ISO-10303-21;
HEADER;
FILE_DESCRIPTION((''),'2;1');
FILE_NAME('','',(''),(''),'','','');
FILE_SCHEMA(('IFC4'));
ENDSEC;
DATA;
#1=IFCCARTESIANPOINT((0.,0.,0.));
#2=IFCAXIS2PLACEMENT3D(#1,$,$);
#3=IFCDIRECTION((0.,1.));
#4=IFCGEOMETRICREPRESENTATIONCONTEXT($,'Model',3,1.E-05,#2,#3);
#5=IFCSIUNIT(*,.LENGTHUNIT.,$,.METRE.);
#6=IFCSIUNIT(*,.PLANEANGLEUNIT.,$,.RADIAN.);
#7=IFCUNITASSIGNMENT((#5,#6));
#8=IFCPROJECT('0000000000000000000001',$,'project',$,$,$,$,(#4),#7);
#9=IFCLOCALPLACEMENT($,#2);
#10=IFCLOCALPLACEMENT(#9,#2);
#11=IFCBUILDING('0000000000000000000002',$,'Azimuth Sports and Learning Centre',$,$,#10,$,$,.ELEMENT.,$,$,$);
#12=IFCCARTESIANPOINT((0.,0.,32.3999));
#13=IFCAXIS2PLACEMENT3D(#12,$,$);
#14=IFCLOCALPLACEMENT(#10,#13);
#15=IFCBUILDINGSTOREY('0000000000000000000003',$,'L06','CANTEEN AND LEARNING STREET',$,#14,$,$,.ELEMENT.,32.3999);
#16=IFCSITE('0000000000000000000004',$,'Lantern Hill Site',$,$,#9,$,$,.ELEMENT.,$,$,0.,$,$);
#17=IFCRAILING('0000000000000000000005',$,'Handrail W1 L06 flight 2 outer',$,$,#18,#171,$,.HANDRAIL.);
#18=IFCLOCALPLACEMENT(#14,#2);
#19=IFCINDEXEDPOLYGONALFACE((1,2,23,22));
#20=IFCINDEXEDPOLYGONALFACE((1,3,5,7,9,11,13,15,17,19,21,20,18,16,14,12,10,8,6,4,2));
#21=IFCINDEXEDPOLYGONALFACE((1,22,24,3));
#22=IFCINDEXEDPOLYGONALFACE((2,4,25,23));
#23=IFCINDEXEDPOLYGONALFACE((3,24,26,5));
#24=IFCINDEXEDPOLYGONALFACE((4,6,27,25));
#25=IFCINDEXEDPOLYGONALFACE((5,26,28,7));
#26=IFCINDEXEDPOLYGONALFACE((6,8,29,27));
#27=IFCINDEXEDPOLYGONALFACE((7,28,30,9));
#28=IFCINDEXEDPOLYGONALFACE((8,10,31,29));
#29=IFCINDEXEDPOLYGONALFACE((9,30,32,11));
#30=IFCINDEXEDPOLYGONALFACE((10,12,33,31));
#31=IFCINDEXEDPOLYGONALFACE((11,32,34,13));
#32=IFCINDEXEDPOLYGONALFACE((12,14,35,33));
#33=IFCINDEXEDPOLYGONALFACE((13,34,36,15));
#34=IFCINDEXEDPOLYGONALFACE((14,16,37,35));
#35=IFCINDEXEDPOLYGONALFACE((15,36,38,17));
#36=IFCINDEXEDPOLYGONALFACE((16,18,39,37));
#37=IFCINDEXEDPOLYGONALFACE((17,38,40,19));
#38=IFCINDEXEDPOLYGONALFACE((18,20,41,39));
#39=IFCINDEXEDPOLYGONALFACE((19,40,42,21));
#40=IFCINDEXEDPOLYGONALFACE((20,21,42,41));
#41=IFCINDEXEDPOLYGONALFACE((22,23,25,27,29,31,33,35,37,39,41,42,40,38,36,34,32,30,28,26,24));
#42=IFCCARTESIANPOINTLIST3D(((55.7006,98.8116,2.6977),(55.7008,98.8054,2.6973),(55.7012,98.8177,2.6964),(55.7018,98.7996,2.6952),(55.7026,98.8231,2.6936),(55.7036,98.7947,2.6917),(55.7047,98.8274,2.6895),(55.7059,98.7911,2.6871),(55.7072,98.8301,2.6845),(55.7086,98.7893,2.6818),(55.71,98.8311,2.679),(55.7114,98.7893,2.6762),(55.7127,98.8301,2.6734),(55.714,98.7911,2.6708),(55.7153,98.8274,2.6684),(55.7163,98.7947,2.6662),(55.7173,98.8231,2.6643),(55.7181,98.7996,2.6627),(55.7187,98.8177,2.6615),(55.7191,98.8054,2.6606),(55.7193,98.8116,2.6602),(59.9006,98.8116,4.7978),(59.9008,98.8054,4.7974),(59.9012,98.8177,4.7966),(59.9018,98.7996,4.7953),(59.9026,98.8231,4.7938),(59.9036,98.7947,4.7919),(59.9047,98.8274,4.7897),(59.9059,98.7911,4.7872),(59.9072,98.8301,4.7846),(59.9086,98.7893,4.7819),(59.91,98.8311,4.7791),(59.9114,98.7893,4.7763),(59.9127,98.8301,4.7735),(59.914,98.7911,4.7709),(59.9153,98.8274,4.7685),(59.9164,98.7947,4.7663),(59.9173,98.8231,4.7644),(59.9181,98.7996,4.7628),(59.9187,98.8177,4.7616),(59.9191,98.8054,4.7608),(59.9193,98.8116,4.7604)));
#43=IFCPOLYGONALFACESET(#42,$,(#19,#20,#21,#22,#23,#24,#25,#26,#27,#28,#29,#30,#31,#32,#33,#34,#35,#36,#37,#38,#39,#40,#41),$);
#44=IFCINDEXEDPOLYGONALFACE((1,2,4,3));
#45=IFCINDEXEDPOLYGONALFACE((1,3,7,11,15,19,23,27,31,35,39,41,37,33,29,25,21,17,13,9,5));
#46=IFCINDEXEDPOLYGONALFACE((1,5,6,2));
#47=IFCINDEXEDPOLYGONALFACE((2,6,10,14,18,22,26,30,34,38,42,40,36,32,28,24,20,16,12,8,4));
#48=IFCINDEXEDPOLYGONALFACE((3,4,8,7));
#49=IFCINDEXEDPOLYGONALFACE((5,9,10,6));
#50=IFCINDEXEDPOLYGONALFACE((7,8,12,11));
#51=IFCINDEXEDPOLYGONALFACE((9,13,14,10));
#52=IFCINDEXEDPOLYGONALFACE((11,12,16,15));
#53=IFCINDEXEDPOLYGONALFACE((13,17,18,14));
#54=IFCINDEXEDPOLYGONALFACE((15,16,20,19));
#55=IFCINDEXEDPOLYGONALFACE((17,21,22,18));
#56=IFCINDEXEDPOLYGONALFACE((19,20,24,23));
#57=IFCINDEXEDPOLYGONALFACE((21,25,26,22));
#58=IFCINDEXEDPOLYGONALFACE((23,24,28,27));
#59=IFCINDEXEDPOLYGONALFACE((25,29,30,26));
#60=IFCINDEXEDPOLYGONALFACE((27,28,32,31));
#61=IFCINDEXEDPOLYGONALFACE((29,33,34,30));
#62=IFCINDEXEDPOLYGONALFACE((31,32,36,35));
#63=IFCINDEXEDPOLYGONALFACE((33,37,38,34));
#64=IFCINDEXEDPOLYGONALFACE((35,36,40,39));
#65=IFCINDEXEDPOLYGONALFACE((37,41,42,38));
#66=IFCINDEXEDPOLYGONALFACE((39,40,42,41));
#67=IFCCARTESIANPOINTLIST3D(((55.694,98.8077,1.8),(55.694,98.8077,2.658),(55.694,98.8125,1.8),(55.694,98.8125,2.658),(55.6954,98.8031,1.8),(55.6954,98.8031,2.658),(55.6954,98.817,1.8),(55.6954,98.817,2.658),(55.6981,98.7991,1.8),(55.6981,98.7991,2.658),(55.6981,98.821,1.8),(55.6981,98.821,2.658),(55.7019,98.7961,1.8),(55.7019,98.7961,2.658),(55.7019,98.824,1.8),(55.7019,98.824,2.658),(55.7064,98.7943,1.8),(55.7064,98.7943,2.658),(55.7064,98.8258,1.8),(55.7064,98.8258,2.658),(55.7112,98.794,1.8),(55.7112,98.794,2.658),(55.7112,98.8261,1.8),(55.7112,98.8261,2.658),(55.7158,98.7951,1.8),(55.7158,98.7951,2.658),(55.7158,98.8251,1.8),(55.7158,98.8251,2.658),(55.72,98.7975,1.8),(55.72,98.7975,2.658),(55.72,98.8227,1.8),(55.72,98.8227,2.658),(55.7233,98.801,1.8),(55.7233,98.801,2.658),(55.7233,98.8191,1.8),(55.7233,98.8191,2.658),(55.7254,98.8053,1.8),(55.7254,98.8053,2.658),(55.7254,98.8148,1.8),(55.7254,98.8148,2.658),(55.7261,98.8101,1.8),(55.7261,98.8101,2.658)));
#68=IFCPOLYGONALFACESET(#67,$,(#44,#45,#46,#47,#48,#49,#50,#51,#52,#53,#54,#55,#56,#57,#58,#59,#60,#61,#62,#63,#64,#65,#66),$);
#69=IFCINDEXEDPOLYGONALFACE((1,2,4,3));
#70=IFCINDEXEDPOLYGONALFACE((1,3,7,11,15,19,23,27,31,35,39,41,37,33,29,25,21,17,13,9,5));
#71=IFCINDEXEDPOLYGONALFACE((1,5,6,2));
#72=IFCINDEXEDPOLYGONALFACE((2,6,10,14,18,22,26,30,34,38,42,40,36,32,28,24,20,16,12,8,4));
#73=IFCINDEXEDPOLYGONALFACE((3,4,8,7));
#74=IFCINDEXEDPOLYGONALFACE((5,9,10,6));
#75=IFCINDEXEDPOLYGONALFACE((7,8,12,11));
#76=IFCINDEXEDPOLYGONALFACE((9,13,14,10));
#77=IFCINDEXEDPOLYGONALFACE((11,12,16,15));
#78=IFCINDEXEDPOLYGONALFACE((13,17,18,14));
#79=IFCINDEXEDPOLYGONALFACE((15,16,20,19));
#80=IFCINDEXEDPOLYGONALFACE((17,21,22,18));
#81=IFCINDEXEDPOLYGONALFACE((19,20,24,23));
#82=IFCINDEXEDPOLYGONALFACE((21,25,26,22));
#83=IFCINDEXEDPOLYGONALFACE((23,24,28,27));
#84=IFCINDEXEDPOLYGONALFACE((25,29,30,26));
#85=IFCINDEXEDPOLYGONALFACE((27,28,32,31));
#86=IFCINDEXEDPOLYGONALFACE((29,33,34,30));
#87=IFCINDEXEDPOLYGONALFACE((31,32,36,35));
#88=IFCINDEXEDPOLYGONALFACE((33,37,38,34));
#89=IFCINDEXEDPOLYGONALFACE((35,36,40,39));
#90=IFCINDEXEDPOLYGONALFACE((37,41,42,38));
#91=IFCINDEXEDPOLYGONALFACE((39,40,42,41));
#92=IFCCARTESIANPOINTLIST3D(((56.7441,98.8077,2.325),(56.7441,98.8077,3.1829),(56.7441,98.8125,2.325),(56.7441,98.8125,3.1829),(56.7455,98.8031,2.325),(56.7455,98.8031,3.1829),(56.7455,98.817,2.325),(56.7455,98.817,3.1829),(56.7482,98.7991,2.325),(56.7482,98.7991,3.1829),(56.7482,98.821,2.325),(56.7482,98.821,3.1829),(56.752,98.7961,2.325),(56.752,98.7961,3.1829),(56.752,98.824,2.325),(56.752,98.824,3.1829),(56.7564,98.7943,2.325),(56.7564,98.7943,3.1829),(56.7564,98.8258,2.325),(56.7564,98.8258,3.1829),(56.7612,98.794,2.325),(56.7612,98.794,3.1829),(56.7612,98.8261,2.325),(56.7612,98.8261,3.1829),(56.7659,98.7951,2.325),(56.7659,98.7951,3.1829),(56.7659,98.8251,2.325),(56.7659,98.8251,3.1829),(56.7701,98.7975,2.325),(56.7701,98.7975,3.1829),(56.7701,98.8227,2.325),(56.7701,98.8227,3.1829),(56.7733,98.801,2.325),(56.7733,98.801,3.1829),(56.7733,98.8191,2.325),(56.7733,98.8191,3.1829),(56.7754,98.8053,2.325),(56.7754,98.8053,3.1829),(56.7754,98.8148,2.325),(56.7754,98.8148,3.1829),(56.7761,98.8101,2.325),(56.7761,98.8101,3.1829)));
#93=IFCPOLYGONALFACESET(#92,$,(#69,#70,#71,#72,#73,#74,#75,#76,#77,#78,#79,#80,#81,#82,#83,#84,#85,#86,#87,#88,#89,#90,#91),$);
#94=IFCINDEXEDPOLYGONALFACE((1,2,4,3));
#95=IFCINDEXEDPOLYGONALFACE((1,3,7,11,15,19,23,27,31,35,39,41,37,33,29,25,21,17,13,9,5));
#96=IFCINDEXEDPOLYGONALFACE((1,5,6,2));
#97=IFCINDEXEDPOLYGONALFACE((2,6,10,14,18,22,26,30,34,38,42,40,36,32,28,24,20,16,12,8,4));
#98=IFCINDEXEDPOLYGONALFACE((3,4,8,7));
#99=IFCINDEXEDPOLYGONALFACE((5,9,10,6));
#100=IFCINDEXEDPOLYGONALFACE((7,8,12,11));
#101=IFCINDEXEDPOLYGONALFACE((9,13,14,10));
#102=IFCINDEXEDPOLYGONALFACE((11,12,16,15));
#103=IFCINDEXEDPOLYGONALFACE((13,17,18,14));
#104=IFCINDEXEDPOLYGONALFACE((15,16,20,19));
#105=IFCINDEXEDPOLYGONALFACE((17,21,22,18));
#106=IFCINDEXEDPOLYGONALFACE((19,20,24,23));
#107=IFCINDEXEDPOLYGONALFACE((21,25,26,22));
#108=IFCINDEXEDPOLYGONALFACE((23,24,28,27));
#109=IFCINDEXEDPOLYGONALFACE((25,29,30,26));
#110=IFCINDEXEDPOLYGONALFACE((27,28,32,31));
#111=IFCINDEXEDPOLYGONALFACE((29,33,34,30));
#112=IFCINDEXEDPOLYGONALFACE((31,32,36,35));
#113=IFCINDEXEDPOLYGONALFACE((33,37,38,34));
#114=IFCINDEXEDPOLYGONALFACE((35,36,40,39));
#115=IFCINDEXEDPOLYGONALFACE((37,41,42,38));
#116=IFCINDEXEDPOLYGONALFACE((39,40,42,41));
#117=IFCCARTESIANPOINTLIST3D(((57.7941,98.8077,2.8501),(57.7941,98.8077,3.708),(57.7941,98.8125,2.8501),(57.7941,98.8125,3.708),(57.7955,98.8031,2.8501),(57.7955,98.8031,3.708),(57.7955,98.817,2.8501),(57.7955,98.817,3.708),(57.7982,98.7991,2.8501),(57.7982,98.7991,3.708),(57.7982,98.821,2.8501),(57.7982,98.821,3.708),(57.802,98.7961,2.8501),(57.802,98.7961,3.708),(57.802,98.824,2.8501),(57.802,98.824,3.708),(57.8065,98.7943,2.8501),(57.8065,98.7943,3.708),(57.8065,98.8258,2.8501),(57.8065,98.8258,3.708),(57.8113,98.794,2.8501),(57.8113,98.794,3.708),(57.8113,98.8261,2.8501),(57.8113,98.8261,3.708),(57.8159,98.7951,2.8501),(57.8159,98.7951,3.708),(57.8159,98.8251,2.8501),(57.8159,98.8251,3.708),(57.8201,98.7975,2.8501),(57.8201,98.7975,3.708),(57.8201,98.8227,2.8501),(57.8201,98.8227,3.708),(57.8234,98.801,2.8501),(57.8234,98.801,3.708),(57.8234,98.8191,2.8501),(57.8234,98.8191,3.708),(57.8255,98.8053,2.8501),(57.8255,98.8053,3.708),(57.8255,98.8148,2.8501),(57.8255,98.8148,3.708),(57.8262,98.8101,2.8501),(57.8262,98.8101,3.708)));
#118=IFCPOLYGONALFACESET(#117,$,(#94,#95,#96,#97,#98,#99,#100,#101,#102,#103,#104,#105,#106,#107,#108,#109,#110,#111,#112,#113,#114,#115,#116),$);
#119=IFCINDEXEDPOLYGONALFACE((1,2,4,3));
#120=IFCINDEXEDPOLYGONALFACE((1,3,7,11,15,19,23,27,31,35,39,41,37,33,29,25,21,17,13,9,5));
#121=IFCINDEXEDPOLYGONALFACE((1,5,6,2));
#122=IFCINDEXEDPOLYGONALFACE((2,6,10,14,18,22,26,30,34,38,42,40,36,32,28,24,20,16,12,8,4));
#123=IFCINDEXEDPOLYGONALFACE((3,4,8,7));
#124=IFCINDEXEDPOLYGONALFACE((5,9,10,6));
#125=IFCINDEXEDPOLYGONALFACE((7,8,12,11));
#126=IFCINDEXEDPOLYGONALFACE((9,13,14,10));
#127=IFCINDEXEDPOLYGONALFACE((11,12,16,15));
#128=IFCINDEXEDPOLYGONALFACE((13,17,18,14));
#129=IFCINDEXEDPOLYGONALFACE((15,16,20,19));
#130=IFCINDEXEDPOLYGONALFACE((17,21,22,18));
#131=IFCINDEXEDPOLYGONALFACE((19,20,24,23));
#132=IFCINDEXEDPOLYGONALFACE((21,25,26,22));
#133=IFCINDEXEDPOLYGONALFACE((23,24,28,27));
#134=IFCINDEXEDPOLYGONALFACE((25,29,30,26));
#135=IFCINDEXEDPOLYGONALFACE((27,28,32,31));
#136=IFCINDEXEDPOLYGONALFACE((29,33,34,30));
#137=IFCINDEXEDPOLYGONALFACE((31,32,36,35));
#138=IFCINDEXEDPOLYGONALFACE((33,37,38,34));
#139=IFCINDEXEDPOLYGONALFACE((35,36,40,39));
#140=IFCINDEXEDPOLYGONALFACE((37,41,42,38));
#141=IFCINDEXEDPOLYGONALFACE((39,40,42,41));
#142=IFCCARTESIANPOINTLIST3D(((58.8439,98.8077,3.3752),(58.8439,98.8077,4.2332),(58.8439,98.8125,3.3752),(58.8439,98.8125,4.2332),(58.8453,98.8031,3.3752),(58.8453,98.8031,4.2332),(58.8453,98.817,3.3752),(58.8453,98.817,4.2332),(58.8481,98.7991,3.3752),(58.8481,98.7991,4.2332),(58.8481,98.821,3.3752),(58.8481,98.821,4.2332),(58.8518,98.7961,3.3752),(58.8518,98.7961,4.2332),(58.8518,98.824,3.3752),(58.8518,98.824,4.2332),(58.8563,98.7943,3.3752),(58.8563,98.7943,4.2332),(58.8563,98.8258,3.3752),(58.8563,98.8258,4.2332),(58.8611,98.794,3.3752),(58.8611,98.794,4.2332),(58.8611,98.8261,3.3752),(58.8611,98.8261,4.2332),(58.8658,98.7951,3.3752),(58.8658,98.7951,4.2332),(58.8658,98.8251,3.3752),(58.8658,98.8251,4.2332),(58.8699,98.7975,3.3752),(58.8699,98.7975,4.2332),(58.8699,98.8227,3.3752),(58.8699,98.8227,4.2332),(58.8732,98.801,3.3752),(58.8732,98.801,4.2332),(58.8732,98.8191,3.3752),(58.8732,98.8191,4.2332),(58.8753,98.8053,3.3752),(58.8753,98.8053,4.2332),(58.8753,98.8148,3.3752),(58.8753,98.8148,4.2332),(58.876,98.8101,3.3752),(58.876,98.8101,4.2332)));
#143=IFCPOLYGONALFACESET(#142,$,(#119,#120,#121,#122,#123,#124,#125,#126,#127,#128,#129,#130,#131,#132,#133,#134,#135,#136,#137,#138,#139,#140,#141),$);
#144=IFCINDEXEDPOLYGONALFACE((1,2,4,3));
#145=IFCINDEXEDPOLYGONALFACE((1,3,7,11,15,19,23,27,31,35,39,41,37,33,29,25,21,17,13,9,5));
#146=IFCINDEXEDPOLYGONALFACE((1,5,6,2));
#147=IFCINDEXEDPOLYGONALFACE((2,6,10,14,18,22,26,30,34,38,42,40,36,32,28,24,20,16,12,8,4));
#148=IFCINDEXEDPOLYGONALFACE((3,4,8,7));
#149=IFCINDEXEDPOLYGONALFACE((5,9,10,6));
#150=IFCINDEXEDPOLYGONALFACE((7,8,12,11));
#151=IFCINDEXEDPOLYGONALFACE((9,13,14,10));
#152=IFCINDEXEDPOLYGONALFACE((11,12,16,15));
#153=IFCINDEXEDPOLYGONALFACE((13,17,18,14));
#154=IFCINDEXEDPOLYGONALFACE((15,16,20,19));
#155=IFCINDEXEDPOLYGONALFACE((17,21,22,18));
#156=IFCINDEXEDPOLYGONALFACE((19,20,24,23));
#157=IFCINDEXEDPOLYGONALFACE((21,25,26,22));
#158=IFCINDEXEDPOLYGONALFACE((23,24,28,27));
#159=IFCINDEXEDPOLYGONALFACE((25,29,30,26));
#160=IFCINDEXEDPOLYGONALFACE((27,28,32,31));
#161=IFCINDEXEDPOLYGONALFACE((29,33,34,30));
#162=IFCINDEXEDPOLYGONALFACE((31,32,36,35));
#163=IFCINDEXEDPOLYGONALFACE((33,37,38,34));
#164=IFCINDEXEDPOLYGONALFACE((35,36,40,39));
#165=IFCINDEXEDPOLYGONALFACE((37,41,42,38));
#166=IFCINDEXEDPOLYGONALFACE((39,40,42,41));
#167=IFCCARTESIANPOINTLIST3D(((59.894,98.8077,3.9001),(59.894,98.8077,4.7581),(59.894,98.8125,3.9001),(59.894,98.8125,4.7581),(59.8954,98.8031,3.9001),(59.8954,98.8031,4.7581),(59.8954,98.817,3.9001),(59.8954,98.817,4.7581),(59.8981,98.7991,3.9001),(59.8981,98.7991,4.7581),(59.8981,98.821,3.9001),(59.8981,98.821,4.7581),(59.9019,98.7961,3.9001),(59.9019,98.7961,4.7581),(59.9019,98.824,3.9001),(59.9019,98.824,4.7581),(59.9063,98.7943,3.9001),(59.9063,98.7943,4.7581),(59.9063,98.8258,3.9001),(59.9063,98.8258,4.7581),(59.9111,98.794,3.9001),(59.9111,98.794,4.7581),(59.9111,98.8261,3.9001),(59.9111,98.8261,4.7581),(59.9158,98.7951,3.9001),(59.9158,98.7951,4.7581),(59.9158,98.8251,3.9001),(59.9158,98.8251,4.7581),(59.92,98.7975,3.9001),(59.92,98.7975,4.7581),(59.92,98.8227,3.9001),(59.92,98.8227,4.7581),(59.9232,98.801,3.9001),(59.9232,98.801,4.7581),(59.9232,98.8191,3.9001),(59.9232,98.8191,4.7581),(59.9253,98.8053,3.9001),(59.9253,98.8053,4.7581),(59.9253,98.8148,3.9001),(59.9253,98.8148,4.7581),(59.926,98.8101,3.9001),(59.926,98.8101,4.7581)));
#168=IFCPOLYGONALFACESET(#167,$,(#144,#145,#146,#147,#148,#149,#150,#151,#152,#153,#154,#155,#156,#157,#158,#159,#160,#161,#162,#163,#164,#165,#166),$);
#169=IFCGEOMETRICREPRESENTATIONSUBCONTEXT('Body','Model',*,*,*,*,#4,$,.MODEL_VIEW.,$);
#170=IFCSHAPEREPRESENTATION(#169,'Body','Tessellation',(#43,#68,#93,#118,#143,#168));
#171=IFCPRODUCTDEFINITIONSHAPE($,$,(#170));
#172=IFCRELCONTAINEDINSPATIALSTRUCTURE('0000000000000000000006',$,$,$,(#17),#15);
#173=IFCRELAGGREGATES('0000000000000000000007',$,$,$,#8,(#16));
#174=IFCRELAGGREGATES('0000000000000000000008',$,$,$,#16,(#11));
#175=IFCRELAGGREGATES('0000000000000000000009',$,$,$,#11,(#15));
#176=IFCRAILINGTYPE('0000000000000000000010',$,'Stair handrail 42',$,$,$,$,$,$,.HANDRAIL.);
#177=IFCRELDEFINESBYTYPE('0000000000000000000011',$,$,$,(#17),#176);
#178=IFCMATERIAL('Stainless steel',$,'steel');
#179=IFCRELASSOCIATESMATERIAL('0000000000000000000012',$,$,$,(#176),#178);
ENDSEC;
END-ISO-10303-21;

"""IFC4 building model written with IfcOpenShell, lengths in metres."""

from ifc_helpers import new_model, si_unit, direction, frame, origin, origin_2d, place, context, subcontext, project, spatial, circle, extrude, material, type_object, element, save


model = new_model("IFC4")

# Units and contexts
model_context = context("Model", 3, precision=1e-05, world=origin(), true_north=direction((0.0, 1.0)))
body_context = subcontext(model_context, "Body", "Model", "MODEL_VIEW")
ifc_project = project(units=[si_unit("LENGTHUNIT", "METRE"), si_unit("PLANEANGLEUNIT", "RADIAN")], contexts=[model_context])

# Site, building, storey
site_placement = place(None, origin())
site = spatial("IfcSite", under=ifc_project, at=site_placement, Name="Lantern Hill Site", CompositionType="ELEMENT", RefElevation=0.0)
building_placement = place(site_placement, origin())
building = spatial("IfcBuilding", under=site, at=building_placement, Name="Azimuth Sports and Learning Centre", CompositionType="ELEMENT")
storey_placement = place(building_placement, frame((0.0, 0.0, 32.3999)))
storey = spatial("IfcBuildingStorey", under=building, at=storey_placement, Name="L06", Description="CANTEEN AND LEARNING STREET", CompositionType="ELEMENT", Elevation=32.3999)

# Railing
ifc_material_1 = material(Name="Stainless steel", Category="steel")
railing_type_1 = type_object("IfcRailingType", Name="Stair handrail 42", PredefinedType="HANDRAIL", material=ifc_material_1)
for number, where, name in (
    (1, (55.71, 98.8101, 1.8), "Handrail W1 L06 flight 2 outer"),
):
    element("IfcRailing", number, at=place(storey_placement, frame(where)), inside=storey, type_object=railing_type_1, Name=name, PredefinedType="HANDRAIL", context=body_context, shape_type="SweptSolid", body=[
        extrude(circle(Radius=0.021, at=origin_2d()), frame((0.0, 0.0, 0.8789), z_axis=(0.894417, 0.0, 0.447234), x_axis=(0.0, 1.0, 0.0)), (0.0, 0.0, 1.0), 4.6958),
        extrude(circle(Radius=0.0161, at=origin_2d()), origin(), (0.0, 0.0, 1.0), 0.8579),
        extrude(circle(Radius=0.0161, at=origin_2d()), frame((1.05, 0.0, 0.5249)), (0.0, 0.0, 1.0), 0.8579),
        extrude(circle(Radius=0.0161, at=origin_2d()), frame((2.1001, 0.0, 1.05)), (0.0, 0.0, 1.0), 0.8579),
        extrude(circle(Radius=0.0161, at=origin_2d()), frame((3.1499, 0.0, 1.5752)), (0.0, 0.0, 1.0), 0.8579),
        extrude(circle(Radius=0.0161, at=origin_2d()), frame((4.2, 0.0, 2.1001)), (0.0, 0.0, 1.0), 0.8579),
    ])

save(model, "model.ifc")
